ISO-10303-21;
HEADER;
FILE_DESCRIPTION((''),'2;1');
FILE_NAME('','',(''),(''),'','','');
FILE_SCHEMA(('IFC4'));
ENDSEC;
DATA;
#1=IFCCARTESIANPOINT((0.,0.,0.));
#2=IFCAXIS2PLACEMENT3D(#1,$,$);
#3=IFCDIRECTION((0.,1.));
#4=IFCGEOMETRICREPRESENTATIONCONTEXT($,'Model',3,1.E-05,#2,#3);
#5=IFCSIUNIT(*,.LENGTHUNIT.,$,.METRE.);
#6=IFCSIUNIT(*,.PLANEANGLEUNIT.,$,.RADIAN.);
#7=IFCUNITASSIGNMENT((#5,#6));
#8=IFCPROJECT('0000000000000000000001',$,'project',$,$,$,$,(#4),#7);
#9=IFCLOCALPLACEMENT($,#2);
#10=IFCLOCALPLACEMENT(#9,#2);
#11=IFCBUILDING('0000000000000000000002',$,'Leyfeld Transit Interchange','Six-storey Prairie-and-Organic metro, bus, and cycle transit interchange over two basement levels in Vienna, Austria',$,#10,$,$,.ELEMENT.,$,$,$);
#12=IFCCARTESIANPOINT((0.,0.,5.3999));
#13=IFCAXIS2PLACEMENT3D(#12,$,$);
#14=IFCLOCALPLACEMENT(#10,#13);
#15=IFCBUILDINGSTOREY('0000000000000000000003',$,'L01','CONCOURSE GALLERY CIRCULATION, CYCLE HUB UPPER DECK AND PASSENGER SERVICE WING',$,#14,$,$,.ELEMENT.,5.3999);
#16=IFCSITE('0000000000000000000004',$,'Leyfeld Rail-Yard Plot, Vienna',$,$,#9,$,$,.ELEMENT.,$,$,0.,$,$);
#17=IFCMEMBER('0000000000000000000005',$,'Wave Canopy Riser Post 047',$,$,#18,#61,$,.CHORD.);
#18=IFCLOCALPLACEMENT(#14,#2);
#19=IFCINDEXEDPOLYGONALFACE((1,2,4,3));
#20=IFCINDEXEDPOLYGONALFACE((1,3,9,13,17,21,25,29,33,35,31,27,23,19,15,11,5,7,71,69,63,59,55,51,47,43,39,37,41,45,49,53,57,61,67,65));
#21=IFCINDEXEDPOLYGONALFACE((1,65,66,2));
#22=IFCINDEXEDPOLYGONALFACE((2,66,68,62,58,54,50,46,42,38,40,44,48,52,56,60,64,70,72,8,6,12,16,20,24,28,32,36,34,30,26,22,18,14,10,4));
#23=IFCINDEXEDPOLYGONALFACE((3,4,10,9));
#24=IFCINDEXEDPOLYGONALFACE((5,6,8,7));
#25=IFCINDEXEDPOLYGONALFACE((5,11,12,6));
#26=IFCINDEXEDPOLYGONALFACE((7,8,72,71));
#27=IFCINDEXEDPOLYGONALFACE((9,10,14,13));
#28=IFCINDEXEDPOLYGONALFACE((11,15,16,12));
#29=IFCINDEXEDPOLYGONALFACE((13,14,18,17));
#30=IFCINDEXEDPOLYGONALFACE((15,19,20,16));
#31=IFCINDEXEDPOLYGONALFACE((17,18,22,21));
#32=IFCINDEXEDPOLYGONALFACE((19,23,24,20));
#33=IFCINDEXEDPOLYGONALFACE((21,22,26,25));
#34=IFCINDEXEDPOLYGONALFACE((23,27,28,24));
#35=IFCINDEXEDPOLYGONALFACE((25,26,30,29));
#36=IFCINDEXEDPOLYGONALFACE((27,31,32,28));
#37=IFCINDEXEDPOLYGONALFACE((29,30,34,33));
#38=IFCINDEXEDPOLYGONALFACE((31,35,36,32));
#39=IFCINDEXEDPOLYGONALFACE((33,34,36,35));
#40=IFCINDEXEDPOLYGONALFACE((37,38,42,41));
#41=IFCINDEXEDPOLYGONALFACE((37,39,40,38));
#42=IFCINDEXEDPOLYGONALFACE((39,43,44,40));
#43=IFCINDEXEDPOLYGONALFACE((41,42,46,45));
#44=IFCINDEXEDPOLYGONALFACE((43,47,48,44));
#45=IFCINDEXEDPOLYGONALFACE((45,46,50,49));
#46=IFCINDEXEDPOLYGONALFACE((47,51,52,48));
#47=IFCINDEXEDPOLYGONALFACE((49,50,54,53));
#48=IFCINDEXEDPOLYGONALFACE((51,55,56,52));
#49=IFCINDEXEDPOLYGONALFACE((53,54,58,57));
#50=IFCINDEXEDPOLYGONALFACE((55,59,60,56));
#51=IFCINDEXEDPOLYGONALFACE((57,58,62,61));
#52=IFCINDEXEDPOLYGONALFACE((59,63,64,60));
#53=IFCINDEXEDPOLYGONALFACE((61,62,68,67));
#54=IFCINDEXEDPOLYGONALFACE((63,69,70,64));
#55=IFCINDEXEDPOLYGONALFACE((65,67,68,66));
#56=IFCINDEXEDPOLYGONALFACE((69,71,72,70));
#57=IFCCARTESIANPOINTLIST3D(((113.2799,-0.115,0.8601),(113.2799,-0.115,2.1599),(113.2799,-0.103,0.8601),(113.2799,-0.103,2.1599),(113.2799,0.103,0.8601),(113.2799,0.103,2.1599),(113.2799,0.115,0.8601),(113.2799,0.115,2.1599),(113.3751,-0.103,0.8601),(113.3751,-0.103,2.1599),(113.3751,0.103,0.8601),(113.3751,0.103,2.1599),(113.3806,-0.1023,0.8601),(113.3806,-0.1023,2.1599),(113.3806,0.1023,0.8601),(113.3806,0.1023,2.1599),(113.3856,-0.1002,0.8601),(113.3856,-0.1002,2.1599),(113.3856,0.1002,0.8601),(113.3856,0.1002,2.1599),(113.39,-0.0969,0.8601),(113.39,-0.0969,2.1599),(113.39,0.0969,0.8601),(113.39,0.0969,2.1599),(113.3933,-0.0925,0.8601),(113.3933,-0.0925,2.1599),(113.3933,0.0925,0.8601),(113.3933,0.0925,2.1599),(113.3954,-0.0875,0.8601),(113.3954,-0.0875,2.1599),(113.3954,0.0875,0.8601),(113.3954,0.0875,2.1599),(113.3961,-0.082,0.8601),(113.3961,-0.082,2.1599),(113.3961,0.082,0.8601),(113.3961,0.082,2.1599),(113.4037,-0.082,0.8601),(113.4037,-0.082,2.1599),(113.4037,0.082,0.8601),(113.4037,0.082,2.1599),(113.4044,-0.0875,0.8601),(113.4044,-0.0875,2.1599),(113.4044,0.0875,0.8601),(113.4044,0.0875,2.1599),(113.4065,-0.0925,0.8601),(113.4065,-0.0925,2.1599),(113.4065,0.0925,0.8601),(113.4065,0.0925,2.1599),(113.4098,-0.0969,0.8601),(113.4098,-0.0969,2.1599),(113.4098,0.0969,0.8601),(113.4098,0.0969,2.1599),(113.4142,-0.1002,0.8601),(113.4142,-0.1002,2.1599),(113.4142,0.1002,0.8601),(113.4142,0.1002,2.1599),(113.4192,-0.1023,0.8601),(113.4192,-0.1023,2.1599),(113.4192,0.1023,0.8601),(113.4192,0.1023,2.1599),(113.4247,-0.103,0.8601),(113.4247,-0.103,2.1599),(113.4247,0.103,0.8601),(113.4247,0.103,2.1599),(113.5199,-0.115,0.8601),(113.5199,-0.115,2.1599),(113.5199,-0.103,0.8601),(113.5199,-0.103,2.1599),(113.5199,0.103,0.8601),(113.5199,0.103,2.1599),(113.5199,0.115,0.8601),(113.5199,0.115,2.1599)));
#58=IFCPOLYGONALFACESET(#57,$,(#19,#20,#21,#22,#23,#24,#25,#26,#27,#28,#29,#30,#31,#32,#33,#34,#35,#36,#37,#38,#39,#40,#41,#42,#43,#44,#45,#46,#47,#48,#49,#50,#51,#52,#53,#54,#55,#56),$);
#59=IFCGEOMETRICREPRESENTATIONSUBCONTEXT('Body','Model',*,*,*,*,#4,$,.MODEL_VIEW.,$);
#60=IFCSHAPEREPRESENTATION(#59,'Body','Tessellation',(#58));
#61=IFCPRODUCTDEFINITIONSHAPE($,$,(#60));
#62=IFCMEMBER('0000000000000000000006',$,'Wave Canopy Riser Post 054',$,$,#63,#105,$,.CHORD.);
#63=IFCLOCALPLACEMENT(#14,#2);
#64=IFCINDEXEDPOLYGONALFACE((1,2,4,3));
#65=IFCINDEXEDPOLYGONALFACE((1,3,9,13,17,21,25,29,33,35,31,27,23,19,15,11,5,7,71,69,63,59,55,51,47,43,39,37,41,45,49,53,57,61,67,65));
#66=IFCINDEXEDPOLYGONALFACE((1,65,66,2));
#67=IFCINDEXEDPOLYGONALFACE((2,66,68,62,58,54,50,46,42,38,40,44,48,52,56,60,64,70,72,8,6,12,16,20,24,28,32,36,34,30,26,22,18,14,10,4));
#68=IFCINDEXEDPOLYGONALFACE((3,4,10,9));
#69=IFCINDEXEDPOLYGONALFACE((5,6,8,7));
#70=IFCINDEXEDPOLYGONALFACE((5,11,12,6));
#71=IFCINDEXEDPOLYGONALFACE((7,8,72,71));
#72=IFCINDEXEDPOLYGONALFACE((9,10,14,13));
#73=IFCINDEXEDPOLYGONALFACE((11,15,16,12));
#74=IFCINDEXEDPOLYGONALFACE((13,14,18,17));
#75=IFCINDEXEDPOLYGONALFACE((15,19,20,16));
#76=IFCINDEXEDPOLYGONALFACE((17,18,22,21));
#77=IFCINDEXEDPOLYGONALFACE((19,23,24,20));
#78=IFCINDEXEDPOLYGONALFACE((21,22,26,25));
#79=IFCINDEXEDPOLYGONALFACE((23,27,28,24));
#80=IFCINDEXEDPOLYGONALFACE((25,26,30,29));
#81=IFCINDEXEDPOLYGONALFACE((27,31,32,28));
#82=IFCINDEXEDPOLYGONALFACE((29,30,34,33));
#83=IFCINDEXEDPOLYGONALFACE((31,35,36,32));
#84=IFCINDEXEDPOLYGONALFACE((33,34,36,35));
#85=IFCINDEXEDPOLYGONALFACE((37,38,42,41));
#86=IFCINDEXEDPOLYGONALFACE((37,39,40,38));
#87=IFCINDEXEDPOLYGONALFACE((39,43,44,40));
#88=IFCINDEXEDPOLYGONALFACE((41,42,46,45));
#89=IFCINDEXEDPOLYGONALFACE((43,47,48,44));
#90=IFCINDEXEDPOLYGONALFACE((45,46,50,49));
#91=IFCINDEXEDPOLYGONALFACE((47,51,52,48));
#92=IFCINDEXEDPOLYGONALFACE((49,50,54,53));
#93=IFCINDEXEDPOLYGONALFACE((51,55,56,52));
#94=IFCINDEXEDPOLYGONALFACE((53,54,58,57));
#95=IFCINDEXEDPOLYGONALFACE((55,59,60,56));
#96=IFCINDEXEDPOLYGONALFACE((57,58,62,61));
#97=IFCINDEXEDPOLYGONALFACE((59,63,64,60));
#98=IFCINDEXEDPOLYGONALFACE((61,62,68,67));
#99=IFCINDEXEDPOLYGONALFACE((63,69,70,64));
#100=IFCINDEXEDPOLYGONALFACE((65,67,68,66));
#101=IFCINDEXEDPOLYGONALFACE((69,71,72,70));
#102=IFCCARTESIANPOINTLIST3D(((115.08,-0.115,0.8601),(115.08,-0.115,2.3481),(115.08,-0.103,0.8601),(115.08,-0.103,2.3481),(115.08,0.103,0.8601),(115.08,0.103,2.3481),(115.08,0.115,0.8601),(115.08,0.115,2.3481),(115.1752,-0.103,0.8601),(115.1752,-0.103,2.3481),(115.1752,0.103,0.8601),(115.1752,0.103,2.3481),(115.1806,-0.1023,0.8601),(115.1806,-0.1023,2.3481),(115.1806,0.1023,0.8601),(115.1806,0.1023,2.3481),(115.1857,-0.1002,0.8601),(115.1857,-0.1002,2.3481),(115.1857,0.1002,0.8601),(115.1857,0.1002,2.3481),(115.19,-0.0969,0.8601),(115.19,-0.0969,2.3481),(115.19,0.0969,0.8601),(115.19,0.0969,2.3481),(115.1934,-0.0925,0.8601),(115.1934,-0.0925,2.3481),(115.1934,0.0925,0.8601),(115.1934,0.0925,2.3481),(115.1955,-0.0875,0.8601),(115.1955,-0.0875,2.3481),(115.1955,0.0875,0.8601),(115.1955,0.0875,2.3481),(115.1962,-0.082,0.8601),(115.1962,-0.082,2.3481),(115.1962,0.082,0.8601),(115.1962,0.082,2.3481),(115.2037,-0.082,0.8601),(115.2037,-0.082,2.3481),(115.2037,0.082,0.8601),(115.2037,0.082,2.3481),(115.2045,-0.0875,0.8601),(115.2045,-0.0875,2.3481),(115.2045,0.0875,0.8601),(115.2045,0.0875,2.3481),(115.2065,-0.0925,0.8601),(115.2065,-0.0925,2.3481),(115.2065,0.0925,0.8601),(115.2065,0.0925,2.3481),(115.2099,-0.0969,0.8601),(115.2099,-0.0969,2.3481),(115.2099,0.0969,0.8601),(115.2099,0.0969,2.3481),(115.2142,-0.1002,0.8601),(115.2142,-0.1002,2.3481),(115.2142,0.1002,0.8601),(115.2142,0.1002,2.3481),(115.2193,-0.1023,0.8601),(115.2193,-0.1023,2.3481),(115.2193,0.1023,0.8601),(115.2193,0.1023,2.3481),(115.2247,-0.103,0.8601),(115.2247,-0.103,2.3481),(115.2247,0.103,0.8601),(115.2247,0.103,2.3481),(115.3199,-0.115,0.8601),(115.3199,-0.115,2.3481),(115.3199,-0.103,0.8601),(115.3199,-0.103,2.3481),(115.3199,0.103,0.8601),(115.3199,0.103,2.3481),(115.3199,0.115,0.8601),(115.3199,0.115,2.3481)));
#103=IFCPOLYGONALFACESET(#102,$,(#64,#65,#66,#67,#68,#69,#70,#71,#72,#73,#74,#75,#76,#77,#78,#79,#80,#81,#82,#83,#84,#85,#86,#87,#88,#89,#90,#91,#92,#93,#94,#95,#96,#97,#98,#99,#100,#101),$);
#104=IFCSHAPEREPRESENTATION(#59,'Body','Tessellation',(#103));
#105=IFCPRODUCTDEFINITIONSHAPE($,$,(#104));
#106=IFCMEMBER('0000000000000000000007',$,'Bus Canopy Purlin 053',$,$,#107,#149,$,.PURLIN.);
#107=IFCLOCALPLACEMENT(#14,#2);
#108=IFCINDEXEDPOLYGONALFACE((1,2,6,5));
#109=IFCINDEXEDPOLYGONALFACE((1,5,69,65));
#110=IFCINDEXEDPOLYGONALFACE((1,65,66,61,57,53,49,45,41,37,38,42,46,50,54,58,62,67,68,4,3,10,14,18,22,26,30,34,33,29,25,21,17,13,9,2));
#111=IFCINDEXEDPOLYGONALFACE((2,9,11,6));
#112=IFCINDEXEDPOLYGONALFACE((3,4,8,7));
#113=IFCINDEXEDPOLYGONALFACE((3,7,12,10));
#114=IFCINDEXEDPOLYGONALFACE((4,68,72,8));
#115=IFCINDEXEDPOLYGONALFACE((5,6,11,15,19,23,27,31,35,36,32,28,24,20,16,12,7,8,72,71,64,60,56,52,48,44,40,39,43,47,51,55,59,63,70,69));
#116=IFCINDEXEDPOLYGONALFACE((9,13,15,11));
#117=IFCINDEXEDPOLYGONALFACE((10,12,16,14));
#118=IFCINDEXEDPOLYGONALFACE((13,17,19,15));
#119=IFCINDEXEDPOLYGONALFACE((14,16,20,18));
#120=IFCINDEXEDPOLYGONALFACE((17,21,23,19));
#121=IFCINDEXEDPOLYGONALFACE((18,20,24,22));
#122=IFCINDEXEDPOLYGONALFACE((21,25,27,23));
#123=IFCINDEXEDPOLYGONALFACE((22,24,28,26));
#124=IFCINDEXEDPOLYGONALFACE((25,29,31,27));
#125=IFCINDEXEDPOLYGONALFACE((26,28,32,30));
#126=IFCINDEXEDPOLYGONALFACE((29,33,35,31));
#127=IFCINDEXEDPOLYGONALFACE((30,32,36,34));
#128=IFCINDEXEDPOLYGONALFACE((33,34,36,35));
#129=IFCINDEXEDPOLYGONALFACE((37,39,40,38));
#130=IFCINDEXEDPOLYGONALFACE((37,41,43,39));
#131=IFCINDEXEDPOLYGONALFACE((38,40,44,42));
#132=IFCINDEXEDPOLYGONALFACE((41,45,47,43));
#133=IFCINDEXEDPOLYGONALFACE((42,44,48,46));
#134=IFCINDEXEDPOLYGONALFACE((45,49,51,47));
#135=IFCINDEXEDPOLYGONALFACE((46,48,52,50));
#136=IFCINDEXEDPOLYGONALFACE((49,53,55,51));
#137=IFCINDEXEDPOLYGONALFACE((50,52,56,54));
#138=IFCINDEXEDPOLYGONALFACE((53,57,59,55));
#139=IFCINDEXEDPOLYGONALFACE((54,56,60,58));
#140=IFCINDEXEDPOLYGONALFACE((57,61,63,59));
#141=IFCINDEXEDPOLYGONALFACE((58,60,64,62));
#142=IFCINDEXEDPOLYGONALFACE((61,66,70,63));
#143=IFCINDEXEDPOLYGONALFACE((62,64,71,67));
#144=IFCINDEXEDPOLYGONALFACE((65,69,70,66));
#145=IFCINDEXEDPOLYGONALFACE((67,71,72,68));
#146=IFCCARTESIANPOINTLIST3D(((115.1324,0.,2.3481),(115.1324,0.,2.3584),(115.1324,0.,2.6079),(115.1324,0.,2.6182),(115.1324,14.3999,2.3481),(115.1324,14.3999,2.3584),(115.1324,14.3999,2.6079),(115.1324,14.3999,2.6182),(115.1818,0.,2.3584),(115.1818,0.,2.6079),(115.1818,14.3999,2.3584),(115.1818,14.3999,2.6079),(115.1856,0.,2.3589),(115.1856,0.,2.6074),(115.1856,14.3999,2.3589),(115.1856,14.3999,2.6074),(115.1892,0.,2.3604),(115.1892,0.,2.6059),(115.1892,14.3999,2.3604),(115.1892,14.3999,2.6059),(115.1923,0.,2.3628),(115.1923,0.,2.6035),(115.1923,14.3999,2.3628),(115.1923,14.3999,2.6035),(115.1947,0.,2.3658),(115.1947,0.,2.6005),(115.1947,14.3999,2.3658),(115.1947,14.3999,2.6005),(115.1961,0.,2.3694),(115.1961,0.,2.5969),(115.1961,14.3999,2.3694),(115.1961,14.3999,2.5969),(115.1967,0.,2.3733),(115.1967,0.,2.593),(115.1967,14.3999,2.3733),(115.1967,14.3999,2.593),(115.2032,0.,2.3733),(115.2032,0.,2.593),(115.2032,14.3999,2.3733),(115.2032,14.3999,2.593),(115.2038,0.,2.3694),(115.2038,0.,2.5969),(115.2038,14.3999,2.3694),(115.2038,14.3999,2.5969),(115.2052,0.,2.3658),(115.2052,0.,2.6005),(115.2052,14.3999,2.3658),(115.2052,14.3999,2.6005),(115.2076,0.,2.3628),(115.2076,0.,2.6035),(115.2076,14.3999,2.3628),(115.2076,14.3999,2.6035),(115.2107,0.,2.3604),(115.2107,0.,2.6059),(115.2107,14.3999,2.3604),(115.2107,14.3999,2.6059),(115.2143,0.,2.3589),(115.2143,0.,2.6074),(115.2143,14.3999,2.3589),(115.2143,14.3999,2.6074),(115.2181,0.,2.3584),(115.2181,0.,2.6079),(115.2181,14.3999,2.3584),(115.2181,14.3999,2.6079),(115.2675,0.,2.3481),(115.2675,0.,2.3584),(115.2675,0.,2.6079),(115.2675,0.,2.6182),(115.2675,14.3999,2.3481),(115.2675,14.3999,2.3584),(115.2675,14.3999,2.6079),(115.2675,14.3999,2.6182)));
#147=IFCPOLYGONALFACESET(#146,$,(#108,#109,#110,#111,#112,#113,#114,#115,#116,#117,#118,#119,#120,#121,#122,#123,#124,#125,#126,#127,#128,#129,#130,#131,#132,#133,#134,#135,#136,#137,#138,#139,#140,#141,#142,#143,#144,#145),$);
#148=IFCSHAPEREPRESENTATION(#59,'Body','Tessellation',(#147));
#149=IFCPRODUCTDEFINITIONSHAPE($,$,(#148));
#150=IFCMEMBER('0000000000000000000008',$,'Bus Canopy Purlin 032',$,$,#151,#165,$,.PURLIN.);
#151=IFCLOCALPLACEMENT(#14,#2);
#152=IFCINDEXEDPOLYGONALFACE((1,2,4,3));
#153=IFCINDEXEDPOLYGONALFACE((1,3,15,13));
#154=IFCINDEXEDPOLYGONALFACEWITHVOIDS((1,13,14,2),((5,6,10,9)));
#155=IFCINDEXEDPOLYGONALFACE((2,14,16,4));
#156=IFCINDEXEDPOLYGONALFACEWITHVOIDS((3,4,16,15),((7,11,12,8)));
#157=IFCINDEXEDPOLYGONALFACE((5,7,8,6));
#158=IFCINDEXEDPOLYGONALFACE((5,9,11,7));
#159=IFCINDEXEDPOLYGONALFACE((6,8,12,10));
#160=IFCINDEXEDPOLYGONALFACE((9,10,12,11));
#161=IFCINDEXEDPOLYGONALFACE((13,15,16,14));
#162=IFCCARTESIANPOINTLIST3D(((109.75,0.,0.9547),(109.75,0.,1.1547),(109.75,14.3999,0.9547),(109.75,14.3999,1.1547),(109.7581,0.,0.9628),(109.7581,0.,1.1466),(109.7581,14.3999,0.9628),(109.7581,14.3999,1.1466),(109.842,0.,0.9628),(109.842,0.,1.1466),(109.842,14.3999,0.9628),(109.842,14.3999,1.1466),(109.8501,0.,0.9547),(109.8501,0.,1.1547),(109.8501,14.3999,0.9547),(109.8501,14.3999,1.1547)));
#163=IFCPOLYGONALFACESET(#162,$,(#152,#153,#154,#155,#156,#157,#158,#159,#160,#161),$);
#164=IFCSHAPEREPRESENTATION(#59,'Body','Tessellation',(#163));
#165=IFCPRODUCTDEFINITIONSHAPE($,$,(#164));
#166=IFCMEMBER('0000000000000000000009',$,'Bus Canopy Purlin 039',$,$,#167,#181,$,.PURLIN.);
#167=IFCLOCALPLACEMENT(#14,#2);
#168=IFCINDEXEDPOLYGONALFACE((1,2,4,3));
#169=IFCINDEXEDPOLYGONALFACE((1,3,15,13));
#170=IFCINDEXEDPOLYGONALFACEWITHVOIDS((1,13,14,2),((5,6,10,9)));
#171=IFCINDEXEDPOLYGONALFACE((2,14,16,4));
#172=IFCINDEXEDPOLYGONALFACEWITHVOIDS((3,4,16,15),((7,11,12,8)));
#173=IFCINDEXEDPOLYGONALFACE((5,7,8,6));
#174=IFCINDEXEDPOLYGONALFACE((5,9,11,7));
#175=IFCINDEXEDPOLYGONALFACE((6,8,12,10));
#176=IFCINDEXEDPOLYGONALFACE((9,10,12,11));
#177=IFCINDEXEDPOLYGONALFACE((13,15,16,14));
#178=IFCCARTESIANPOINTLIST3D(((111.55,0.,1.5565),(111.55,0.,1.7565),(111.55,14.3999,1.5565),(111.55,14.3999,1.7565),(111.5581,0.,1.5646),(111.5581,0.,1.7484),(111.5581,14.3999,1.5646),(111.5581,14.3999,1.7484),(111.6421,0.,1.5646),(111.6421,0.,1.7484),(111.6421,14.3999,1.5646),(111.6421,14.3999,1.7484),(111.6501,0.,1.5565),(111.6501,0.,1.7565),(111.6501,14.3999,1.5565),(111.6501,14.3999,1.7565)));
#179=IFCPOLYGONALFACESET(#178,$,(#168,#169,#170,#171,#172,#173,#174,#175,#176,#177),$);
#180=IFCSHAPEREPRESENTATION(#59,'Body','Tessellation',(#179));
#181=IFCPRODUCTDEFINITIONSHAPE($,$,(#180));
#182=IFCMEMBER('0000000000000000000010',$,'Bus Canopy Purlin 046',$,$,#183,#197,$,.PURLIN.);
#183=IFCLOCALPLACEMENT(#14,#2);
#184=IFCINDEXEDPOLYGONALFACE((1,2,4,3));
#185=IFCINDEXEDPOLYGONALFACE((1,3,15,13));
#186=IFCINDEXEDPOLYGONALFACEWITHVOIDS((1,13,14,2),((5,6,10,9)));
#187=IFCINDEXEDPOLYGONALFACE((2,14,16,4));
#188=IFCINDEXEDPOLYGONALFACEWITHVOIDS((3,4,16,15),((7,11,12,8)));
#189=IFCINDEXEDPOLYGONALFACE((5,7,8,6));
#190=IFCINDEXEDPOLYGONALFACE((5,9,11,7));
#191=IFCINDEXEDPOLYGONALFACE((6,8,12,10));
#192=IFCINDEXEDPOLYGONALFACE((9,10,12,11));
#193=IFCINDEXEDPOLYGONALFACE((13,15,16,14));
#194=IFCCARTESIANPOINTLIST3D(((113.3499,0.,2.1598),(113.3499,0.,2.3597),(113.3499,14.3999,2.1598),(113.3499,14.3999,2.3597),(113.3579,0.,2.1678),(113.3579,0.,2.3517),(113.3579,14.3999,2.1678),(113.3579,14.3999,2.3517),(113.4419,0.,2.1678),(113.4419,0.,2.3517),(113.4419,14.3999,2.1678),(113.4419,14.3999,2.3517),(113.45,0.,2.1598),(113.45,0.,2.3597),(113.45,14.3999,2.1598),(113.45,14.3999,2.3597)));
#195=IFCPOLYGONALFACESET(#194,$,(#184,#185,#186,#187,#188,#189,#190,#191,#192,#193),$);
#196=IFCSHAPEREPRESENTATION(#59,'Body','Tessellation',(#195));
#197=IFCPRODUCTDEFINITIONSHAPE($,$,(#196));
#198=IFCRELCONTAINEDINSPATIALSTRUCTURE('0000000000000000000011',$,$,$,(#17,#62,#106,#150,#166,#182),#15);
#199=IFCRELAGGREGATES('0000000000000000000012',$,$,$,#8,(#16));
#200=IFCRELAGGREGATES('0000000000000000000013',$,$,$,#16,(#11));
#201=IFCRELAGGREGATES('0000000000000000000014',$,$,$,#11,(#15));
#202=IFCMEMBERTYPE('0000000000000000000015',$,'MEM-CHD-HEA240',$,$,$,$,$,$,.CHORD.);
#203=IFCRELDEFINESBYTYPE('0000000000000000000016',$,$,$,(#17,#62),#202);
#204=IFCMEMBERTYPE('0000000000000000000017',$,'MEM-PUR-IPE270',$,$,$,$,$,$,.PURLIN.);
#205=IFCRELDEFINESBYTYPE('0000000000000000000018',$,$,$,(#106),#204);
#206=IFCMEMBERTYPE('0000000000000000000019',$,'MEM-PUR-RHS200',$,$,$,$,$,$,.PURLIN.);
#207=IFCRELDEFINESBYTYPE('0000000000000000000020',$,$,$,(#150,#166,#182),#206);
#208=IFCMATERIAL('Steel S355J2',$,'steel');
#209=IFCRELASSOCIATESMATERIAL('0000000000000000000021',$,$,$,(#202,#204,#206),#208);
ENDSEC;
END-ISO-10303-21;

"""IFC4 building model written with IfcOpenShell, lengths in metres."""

from ifc_helpers import new_model, si_unit, direction, frame, origin, origin_2d, place, context, subcontext, project, spatial, hollow_rectangle, i_section, extrude, material, material_profile, profile_set, type_object, element, save


model = new_model("IFC4")

# Units and contexts
model_context = context("Model", 3, precision=1e-05, world=origin(), true_north=direction((0.0, 1.0)))
body_context = subcontext(model_context, "Body", "Model", "MODEL_VIEW")
ifc_project = project(units=[si_unit("LENGTHUNIT", "METRE"), si_unit("PLANEANGLEUNIT", "RADIAN")], contexts=[model_context])

# Site, building, storey
site_placement = place(None, origin())
site = spatial("IfcSite", under=ifc_project, at=site_placement, Name="Leyfeld Rail-Yard Plot, Vienna", CompositionType="ELEMENT", RefElevation=0.0)
building_placement = place(site_placement, origin())
building = spatial("IfcBuilding", under=site, at=building_placement, Name="Leyfeld Transit Interchange", Description="Six-storey Prairie-and-Organic metro, bus, and cycle transit interchange over two basement levels in Vienna, Austria", CompositionType="ELEMENT")
storey_placement = place(building_placement, frame((0.0, 0.0, 5.3999)))
storey = spatial("IfcBuildingStorey", under=building, at=storey_placement, Name="L01", Description="CONCOURSE GALLERY CIRCULATION, CYCLE HUB UPPER DECK AND PASSENGER SERVICE WING", CompositionType="ELEMENT", Elevation=5.3999)

# Shared definitions
ifc_material_1 = material(Name="Steel S355J2", Category="steel")

# Members
ifc_material_profile_1 = material_profile(ifc_material_1, i_section(OverallWidth=0.24, OverallDepth=0.23, WebThickness=0.0076, FlangeThickness=0.012, FilletRadius=0.021, at=origin_2d()), Name="HEA 240")
ifc_profile_set_1 = profile_set([ifc_material_profile_1], Name="Steel S355J2")
member_type_1 = type_object("IfcMemberType", Name="MEM-CHD-HEA240", PredefinedType="CHORD", material=ifc_profile_set_1)
member_1_placement = place(storey_placement, frame((113.3999, 0.0, 0.8601), z_axis=(0.0, 0.0, 1.0), x_axis=(1.0, 0.0, 0.0)))
element("IfcMember", 1, at=member_1_placement, inside=storey, type_object=member_type_1, Name="Wave Canopy Riser Post 047", PredefinedType="CHORD", context=body_context, shape_type="SweptSolid", body=[
    extrude(i_section(OverallWidth=0.24, OverallDepth=0.23, WebThickness=0.0076, FlangeThickness=0.012, FilletRadius=0.021, at=origin_2d()), origin(), (0.0, 0.0, 1.0), 1.2998),
])
member_2_placement = place(storey_placement, frame((115.2, 0.0, 0.8601), z_axis=(0.0, 0.0, 1.0), x_axis=(1.0, 0.0, 0.0)))
element("IfcMember", 2, at=member_2_placement, inside=storey, type_object=member_type_1, Name="Wave Canopy Riser Post 054", PredefinedType="CHORD", context=body_context, shape_type="SweptSolid", body=[
    extrude(i_section(OverallWidth=0.24, OverallDepth=0.23, WebThickness=0.0076, FlangeThickness=0.012, FilletRadius=0.021, at=origin_2d()), origin(), (0.0, 0.0, 1.0), 1.488),
])
ifc_material_profile_2 = material_profile(ifc_material_1, i_section(OverallWidth=0.135, OverallDepth=0.27, WebThickness=0.0066, FlangeThickness=0.0103, FilletRadius=0.0149, at=origin_2d()), Name="IPE 270")
ifc_profile_set_2 = profile_set([ifc_material_profile_2], Name="Steel S355J2")
member_type_2 = type_object("IfcMemberType", Name="MEM-PUR-IPE270", PredefinedType="PURLIN", material=ifc_profile_set_2)
member_3_placement = place(storey_placement, frame((115.2, 0.0, 2.4832), z_axis=(0.0, 1.0, 0.0), x_axis=(-1.0, 0.0, 0.0)))
element("IfcMember", 3, at=member_3_placement, inside=storey, type_object=member_type_2, Name="Bus Canopy Purlin 053", PredefinedType="PURLIN", context=body_context, shape_type="SweptSolid", body=[
    extrude(i_section(OverallWidth=0.135, OverallDepth=0.27, WebThickness=0.0066, FlangeThickness=0.0103, FilletRadius=0.0149, at=origin_2d()), origin(), (0.0, 0.0, 1.0), 14.3999),
])
ifc_material_profile_3 = material_profile(ifc_material_1, hollow_rectangle(XDim=0.1001, YDim=0.2, WallThickness=0.0081, at=origin_2d()), Name="RHS 200x100x8")
ifc_profile_set_3 = profile_set([ifc_material_profile_3], Name="Steel S355J2")
member_type_3 = type_object("IfcMemberType", Name="MEM-PUR-RHS200", PredefinedType="PURLIN", material=ifc_profile_set_3)
for number, where, z_axis, x_axis, name in (
    (4, (109.8, 0.0, 1.0547), (0.0, 1.0, 0.0), (-1.0, 0.0, 0.0), "Bus Canopy Purlin 032"),
    (5, (111.6001, 0.0, 1.6565), (0.0, 1.0, 0.0), (-1.0, 0.0, 0.0), "Bus Canopy Purlin 039"),
    (6, (113.3999, 0.0, 2.2598), (0.0, 1.0, 0.0), (-1.0, 0.0, 0.0), "Bus Canopy Purlin 046"),
):
    element("IfcMember", number, at=place(storey_placement, frame(where, z_axis=z_axis, x_axis=x_axis)), inside=storey, type_object=member_type_3, Name=name, PredefinedType="PURLIN", context=body_context, shape_type="SweptSolid", body=[
        extrude(hollow_rectangle(XDim=0.1001, YDim=0.2, WallThickness=0.0081, at=origin_2d()), origin(), (0.0, 0.0, 1.0), 14.3999),
    ])

save(model, "model.ifc")
